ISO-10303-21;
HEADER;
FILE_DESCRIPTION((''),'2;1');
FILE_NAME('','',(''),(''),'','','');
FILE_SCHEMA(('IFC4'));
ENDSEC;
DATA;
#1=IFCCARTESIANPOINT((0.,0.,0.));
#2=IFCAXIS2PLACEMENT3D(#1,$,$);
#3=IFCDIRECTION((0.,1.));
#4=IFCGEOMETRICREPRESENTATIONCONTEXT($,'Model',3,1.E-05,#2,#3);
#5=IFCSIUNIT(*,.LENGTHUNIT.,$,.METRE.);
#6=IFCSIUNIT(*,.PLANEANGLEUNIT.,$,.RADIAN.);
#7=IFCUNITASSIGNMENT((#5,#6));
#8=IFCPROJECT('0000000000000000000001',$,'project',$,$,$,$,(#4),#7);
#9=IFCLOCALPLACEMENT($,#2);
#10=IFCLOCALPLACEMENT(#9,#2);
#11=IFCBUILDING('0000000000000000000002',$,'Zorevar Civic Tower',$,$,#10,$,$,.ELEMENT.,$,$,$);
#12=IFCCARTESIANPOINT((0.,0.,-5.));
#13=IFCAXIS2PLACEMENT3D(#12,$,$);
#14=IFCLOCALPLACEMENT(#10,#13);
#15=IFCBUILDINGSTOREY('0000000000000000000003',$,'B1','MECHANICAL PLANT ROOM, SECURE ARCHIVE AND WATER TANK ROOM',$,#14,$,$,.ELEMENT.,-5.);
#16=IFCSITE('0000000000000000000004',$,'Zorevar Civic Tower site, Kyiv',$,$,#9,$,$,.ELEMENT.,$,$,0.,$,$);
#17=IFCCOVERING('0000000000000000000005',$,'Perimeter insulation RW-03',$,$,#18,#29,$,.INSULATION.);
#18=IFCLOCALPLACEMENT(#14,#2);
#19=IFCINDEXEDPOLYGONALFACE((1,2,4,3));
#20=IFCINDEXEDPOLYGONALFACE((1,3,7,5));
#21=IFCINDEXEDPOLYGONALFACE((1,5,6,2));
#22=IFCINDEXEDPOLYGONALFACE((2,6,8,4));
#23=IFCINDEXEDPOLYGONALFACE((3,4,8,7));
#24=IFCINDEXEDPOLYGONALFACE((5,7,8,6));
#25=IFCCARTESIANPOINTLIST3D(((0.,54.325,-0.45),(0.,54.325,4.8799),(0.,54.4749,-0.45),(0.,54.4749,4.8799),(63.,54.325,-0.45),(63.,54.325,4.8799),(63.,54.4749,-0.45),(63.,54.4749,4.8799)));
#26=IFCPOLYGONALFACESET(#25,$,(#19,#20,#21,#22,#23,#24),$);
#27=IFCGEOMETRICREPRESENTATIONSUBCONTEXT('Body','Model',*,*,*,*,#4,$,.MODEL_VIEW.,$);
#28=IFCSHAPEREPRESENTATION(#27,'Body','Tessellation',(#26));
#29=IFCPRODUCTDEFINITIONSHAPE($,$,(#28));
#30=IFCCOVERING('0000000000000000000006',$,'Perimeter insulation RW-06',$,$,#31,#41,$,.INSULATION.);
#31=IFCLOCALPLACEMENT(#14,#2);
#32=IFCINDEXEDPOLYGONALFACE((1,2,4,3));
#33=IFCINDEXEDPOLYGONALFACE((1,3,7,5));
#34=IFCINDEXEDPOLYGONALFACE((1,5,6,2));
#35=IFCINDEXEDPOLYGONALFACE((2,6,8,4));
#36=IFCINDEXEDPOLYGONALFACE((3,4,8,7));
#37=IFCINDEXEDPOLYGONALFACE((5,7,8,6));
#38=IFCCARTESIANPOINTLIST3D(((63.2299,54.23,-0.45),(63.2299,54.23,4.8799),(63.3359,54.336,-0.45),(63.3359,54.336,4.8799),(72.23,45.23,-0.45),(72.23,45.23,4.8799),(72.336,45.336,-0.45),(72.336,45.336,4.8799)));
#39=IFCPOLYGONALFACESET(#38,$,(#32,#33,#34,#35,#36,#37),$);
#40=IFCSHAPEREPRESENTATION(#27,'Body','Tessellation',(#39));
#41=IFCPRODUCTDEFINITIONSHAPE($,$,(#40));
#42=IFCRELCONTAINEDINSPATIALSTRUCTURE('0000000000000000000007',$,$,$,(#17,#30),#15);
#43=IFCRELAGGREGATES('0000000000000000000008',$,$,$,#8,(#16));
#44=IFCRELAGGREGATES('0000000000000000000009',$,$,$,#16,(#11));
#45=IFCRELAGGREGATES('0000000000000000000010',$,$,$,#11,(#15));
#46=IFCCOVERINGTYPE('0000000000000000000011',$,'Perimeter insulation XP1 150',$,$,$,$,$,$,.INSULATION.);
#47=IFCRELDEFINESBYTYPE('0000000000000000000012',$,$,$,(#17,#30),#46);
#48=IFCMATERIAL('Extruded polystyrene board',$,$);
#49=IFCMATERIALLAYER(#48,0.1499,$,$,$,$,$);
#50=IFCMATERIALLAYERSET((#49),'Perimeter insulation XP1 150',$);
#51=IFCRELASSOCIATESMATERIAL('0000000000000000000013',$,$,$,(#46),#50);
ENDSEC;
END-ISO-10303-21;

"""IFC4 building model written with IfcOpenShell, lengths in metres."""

from ifc_helpers import new_model, si_unit, direction, frame, frame_2d, origin, place, context, subcontext, project, spatial, rectangle, extrude, material, layer, layer_set, type_object, element, save


model = new_model("IFC4")

# Units and contexts
model_context = context("Model", 3, precision=1e-05, world=origin(), true_north=direction((0.0, 1.0)))
body_context = subcontext(model_context, "Body", "Model", "MODEL_VIEW")
ifc_project = project(units=[si_unit("LENGTHUNIT", "METRE"), si_unit("PLANEANGLEUNIT", "RADIAN")], contexts=[model_context])

# Site, building, storey
site_placement = place(None, origin())
site = spatial("IfcSite", under=ifc_project, at=site_placement, Name="Zorevar Civic Tower site, Kyiv", CompositionType="ELEMENT", RefElevation=0.0)
building_placement = place(site_placement, origin())
building = spatial("IfcBuilding", under=site, at=building_placement, Name="Zorevar Civic Tower", CompositionType="ELEMENT")
storey_placement = place(building_placement, frame((0.0, 0.0, -5.0)))
storey = spatial("IfcBuildingStorey", under=building, at=storey_placement, Name="B1", Description="MECHANICAL PLANT ROOM, SECURE ARCHIVE AND WATER TANK ROOM", CompositionType="ELEMENT", Elevation=-5.0)

# Coverings
ifc_material_1 = material(Name="Extruded polystyrene board")
ifc_layer_1 = layer(ifc_material_1, 0.1499)
ifc_layer_set_1 = layer_set([ifc_layer_1], Name="Perimeter insulation XP1 150")
covering_type = type_object("IfcCoveringType", Name="Perimeter insulation XP1 150", PredefinedType="INSULATION", material=ifc_layer_set_1)
covering_1_placement = place(storey_placement, frame((63.0, 54.3999, -0.45), z_axis=(0.0, 0.0, 1.0), x_axis=(-1.0, 0.0, 0.0)))
element("IfcCovering", 1, at=covering_1_placement, inside=storey, type_object=covering_type, Name="Perimeter insulation RW-03", PredefinedType="INSULATION", context=body_context, shape_type="SweptSolid", body=[
    extrude(rectangle(XDim=63.0, YDim=0.1499, at=frame_2d((31.5, 0.0))), origin(), (0.0, 0.0, 1.0), 5.3298),
])
covering_2_placement = place(storey_placement, frame((72.283, 45.283, -0.45), z_axis=(0.0, 0.0, 1.0), x_axis=(-0.707107, 0.707107, 0.0)))
element("IfcCovering", 2, at=covering_2_placement, inside=storey, type_object=covering_type, Name="Perimeter insulation RW-06", PredefinedType="INSULATION", context=body_context, shape_type="SweptSolid", body=[
    extrude(rectangle(XDim=12.728, YDim=0.1499, at=frame_2d((6.364, 0.0))), origin(), (0.0, 0.0, 1.0), 5.3298),
])

save(model, "model.ifc")
